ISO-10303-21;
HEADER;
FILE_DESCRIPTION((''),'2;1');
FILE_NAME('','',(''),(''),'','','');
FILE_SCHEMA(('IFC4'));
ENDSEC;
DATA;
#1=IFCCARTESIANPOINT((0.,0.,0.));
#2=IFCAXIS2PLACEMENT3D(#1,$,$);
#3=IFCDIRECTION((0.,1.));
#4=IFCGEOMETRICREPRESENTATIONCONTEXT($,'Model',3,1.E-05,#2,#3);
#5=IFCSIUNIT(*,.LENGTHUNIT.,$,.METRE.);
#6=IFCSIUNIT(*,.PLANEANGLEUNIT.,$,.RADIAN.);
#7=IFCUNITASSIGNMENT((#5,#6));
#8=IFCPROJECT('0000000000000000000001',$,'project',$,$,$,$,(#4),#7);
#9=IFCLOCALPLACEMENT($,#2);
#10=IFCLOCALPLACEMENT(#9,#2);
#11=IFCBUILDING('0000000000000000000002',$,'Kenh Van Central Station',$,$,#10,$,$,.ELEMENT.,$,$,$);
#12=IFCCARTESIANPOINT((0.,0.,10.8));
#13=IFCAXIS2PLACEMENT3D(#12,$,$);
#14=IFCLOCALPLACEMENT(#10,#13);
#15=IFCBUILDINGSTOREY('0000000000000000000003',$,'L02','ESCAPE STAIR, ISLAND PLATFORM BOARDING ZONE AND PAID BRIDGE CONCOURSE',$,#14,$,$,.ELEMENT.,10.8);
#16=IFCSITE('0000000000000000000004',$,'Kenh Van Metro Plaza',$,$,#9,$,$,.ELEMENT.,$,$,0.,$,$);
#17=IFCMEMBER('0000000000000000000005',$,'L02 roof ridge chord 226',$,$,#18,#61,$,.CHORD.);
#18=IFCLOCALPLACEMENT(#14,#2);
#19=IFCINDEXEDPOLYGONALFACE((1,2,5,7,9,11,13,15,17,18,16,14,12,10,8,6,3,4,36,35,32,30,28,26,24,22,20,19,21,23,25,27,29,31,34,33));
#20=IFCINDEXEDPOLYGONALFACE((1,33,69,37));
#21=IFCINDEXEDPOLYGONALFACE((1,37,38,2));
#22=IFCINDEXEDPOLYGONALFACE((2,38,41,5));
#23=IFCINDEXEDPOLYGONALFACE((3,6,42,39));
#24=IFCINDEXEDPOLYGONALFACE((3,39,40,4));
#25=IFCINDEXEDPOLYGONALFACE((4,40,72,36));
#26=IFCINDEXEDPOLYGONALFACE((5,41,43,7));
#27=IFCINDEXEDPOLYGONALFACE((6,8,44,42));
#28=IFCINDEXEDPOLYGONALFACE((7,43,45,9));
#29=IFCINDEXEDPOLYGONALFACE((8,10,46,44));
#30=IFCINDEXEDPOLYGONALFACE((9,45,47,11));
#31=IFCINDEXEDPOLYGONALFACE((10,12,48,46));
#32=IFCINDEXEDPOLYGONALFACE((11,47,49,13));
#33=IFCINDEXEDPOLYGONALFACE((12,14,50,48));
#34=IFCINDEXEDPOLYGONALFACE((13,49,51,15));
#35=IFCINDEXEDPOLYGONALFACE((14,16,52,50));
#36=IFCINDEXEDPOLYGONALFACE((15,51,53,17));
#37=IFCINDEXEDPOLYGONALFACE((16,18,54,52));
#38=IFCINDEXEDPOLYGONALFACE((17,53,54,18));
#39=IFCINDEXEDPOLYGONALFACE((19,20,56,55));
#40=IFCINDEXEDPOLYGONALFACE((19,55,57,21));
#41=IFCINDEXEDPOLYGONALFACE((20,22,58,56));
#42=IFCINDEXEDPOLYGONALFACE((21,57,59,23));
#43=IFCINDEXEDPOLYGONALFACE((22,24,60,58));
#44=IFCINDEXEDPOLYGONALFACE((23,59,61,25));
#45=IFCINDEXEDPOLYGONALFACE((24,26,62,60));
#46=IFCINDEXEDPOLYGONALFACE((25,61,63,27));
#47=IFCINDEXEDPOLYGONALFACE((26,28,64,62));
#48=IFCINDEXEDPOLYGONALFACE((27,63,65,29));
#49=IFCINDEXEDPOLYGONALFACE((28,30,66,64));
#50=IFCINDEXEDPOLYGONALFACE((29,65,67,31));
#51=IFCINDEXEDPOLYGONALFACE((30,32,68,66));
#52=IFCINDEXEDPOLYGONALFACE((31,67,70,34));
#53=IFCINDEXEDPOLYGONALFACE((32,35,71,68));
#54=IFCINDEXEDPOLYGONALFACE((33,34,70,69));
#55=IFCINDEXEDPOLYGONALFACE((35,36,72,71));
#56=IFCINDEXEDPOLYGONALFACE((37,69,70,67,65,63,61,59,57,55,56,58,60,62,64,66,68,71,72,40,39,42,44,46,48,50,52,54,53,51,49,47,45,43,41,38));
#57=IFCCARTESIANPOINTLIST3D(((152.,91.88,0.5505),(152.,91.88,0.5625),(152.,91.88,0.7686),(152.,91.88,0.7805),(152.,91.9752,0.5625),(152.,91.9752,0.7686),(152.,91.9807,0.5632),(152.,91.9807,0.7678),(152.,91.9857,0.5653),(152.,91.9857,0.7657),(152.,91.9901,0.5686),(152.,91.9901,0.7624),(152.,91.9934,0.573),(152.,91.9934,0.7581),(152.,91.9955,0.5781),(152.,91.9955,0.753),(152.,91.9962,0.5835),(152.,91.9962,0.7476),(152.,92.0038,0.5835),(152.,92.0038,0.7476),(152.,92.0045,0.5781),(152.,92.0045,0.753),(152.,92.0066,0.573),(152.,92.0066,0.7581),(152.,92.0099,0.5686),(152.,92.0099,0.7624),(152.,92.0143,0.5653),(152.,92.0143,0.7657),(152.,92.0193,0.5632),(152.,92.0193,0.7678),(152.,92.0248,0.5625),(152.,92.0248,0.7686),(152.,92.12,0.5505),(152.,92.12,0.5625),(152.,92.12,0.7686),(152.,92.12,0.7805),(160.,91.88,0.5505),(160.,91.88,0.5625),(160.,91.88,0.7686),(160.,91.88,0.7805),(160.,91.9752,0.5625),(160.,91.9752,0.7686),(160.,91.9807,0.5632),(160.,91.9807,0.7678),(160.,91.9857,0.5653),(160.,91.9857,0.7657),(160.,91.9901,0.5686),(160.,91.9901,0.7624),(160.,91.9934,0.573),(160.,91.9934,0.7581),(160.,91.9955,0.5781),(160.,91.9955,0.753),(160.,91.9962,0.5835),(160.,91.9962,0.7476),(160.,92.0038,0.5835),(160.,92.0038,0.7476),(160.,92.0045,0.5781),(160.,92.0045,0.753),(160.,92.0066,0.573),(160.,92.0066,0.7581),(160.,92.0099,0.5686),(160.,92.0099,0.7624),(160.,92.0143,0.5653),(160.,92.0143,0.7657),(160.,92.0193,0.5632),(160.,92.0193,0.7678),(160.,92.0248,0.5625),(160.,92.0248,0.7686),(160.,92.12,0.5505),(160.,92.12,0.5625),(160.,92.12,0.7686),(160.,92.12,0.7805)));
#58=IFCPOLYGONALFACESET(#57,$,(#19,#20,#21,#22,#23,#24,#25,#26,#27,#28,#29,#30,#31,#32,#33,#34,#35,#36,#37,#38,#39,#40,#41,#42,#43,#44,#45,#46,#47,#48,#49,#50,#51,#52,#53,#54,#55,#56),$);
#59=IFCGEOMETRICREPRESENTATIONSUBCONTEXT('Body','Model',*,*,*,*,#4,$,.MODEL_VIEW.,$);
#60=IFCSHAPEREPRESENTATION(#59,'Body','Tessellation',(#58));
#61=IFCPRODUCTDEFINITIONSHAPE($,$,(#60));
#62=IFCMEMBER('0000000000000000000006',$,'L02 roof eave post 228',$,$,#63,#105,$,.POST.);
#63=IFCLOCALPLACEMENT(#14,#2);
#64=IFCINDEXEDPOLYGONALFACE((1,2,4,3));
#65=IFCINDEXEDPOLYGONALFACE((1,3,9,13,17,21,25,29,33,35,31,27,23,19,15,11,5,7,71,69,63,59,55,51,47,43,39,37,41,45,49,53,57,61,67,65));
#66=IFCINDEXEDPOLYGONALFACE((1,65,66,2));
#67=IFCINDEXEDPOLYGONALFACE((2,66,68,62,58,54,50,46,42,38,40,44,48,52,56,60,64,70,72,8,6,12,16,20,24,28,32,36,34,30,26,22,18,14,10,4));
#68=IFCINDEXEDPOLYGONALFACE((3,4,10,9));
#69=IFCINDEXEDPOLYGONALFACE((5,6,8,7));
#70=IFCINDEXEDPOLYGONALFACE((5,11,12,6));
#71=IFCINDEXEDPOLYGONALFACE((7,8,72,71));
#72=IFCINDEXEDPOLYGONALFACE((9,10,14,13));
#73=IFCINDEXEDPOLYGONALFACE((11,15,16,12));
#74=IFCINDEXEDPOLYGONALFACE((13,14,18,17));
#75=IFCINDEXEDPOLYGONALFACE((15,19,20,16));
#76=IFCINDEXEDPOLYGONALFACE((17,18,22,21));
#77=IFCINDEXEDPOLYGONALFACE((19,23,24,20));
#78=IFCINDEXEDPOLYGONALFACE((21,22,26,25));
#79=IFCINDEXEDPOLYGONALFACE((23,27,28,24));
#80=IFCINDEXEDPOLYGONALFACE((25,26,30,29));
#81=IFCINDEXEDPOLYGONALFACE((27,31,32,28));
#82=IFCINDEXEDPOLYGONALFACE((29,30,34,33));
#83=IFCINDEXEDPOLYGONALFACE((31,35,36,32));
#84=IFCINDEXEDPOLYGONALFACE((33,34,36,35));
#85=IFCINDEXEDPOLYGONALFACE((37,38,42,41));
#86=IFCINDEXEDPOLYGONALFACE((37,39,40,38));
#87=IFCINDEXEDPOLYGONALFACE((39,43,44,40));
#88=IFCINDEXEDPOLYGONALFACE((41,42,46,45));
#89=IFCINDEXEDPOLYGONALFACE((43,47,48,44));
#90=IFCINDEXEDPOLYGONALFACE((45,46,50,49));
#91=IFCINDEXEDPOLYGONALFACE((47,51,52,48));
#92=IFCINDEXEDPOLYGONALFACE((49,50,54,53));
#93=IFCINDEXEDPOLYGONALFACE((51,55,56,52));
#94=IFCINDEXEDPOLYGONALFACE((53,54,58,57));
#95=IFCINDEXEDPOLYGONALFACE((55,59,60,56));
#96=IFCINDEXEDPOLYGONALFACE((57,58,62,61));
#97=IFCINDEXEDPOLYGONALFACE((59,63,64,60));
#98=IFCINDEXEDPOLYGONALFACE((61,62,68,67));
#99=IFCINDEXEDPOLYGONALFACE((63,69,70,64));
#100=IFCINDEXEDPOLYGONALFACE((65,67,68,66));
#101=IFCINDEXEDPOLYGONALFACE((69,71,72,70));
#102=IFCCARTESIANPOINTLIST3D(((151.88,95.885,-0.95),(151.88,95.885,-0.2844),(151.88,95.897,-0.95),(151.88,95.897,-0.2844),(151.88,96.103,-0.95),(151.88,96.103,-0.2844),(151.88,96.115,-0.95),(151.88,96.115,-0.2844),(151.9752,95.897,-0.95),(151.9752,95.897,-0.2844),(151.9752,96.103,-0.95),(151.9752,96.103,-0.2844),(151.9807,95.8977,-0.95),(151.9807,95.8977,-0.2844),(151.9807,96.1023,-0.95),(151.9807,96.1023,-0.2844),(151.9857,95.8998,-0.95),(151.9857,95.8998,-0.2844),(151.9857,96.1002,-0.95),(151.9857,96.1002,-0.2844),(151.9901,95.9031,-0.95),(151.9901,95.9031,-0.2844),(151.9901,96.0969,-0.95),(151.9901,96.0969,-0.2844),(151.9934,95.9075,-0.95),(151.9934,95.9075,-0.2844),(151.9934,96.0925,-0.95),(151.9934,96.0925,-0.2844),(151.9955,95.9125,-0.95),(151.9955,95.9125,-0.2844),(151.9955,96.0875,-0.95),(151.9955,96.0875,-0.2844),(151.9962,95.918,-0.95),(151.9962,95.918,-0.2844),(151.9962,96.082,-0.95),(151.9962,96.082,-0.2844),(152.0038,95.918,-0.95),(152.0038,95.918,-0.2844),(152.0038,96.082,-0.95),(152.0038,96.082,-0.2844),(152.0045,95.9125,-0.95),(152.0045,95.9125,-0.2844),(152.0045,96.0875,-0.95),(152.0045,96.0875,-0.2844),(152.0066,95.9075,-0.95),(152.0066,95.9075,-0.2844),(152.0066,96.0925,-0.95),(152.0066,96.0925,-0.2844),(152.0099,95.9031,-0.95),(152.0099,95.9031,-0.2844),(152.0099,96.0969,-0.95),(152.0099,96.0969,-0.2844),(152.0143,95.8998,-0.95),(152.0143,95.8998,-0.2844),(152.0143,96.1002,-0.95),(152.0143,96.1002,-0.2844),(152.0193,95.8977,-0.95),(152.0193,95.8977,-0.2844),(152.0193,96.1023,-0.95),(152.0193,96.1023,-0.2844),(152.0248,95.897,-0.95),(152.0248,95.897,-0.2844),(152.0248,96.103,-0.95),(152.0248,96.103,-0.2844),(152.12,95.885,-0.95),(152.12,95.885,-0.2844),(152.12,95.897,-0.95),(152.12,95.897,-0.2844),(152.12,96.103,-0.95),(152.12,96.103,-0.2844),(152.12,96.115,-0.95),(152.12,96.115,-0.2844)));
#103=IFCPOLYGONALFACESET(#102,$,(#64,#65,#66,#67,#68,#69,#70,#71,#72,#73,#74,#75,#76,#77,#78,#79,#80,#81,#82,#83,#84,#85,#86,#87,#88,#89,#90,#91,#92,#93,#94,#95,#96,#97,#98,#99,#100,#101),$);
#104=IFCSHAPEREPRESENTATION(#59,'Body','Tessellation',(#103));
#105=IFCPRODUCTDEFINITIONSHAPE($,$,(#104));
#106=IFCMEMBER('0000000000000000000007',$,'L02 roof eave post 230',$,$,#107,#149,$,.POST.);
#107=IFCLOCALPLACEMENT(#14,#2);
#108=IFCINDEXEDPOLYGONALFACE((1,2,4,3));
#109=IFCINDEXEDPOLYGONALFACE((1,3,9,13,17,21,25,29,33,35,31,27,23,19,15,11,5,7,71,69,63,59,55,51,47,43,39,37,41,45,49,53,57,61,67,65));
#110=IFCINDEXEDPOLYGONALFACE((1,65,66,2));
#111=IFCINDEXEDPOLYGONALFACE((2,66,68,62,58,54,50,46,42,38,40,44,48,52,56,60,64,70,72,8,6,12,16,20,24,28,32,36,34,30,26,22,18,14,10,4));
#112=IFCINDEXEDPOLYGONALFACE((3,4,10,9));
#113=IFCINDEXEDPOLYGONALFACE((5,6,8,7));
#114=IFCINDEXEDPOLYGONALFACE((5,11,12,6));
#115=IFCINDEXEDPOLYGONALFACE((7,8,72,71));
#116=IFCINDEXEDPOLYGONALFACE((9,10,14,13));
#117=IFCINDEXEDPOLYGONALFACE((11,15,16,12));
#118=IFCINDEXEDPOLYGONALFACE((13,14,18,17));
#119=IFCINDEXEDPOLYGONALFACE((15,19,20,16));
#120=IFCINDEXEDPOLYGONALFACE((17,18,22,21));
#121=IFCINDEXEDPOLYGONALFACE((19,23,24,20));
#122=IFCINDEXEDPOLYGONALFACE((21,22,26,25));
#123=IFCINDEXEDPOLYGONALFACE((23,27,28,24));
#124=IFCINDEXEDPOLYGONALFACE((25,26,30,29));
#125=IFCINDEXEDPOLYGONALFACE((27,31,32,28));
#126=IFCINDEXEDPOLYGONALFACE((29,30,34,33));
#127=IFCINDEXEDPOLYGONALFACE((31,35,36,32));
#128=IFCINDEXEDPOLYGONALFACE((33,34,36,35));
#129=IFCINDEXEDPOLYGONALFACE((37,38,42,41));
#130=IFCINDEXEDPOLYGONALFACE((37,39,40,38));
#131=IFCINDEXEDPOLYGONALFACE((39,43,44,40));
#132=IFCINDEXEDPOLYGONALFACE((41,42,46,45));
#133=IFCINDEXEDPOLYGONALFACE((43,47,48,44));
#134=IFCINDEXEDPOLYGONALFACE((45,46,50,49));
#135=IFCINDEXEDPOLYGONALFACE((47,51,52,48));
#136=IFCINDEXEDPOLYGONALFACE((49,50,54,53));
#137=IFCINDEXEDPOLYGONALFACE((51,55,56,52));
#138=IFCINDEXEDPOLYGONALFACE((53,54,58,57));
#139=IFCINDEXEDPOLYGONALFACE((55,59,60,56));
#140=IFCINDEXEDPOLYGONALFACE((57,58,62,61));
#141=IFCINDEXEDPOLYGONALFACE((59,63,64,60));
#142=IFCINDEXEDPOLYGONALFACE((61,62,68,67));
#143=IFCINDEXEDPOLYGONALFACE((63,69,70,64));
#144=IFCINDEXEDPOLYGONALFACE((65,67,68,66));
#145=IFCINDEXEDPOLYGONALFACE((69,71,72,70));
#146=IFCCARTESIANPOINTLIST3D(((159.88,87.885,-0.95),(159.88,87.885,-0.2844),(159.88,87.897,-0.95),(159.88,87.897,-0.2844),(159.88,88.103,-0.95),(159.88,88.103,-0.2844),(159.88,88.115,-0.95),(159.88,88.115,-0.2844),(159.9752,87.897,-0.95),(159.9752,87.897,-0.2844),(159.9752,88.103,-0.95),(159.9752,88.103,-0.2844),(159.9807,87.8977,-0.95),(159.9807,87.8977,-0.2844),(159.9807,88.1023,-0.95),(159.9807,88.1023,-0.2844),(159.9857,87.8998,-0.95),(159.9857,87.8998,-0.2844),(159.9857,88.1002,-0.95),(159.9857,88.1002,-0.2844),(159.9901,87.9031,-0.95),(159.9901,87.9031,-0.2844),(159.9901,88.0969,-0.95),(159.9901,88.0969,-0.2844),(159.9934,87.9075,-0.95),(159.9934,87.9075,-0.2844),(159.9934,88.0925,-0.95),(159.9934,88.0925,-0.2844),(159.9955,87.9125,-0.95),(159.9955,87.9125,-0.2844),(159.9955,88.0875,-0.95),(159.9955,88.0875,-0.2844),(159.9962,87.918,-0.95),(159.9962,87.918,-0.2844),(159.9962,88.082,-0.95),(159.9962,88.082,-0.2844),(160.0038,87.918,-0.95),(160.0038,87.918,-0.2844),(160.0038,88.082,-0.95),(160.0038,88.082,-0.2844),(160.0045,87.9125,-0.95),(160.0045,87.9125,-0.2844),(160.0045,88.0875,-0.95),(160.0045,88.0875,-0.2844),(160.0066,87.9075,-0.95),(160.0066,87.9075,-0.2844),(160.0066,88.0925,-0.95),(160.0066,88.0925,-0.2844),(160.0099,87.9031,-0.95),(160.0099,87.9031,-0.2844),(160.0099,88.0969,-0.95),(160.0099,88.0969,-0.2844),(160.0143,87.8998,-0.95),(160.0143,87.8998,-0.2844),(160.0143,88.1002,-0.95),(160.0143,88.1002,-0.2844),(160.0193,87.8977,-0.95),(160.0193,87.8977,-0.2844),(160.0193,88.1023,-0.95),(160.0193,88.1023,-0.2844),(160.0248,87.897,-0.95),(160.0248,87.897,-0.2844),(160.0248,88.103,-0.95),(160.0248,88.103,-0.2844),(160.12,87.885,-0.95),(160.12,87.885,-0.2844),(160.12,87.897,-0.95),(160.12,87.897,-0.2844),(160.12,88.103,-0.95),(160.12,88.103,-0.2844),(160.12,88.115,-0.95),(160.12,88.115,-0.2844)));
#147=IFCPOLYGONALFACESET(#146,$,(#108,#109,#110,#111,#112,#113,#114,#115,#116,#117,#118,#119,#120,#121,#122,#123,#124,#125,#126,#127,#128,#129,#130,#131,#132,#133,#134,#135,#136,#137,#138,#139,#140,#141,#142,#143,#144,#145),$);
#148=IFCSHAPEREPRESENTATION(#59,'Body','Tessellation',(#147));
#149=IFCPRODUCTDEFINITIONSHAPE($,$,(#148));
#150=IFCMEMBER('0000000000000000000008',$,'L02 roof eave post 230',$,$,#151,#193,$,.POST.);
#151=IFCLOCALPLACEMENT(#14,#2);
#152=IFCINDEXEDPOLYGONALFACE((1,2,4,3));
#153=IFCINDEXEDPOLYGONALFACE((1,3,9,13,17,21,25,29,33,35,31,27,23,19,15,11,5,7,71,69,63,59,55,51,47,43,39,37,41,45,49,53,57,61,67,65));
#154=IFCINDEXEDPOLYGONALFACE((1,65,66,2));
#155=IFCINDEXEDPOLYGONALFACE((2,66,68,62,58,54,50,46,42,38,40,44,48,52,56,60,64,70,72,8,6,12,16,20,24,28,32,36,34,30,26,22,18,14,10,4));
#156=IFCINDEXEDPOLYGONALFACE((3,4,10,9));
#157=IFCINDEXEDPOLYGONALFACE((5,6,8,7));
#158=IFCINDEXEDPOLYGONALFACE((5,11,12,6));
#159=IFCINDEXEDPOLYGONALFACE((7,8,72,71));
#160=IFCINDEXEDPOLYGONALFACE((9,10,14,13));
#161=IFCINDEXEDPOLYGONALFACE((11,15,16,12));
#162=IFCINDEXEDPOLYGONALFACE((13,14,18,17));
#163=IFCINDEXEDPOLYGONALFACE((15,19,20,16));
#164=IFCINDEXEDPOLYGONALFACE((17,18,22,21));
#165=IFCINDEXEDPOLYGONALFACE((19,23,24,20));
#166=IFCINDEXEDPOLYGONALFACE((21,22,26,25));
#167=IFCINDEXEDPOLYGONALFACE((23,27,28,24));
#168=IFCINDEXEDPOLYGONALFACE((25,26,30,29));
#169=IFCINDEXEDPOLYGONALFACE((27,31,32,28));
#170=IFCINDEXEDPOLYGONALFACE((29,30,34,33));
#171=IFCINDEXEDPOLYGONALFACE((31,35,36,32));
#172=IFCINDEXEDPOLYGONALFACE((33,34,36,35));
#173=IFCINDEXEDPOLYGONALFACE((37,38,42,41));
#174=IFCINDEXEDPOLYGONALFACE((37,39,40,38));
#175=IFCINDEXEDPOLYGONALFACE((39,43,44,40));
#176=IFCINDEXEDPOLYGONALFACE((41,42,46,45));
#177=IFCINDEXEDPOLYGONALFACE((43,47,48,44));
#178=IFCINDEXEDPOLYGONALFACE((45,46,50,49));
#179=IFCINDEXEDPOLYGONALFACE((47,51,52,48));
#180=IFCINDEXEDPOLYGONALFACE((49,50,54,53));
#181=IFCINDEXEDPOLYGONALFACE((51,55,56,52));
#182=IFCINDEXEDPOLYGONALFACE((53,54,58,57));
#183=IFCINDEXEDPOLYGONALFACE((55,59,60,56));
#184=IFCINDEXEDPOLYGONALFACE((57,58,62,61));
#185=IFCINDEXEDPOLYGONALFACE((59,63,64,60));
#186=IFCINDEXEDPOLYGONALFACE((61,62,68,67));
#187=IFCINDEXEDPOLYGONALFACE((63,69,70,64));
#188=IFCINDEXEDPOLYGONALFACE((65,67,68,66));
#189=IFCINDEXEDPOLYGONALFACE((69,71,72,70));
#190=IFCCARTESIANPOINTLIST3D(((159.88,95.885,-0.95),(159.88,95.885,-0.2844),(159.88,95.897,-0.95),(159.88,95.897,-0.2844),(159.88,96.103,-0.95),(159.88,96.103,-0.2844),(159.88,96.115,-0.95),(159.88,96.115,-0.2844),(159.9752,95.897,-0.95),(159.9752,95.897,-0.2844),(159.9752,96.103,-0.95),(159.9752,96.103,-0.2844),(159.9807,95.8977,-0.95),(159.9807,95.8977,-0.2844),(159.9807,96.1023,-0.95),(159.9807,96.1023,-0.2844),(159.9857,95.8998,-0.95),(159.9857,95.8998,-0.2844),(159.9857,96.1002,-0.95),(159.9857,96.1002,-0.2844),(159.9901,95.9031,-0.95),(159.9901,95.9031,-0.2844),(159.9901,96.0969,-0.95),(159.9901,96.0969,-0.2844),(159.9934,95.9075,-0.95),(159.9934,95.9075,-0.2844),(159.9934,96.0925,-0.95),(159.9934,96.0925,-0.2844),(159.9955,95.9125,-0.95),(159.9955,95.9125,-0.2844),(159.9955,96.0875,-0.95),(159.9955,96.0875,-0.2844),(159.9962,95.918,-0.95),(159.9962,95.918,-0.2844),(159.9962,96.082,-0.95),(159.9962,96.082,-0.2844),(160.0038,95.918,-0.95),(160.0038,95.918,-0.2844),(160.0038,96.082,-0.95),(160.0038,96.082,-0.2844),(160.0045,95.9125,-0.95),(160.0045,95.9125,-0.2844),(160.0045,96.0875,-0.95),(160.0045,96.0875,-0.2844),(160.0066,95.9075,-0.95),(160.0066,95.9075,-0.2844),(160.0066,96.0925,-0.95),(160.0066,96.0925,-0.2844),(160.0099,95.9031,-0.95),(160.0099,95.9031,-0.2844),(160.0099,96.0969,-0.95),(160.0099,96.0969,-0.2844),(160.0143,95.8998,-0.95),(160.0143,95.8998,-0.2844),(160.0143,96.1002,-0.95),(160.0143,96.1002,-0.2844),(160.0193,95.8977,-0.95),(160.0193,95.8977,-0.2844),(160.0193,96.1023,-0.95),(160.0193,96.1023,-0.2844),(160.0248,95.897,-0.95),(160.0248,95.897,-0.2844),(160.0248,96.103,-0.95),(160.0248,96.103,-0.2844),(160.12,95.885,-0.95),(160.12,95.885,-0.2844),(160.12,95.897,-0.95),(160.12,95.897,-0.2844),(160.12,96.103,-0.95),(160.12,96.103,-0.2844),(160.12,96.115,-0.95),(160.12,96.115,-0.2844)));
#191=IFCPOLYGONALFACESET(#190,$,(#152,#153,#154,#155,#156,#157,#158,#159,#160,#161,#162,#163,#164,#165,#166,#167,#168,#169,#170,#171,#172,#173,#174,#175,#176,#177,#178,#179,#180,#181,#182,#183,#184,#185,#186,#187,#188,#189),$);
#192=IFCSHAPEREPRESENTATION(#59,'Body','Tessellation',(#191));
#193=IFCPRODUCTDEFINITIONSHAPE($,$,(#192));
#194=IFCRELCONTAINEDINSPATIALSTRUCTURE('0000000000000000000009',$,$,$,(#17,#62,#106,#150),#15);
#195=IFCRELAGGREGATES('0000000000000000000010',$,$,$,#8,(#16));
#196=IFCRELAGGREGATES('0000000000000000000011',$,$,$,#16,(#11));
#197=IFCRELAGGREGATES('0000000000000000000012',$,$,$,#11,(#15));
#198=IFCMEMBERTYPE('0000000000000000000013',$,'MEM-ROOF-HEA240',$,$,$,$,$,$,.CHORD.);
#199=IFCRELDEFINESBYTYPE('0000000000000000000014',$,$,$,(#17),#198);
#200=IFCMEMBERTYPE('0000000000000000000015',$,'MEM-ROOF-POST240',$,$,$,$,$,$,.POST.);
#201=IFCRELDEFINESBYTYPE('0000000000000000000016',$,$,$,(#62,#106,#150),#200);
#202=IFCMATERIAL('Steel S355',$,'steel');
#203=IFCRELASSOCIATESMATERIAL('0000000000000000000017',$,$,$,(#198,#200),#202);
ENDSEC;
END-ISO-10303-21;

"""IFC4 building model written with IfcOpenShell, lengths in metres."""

from ifc_helpers import new_model, si_unit, direction, frame, origin, origin_2d, place, context, subcontext, project, spatial, i_section, extrude, material, material_profile, profile_set, type_object, element, save


model = new_model("IFC4")

# Units and contexts
model_context = context("Model", 3, precision=1e-05, world=origin(), true_north=direction((0.0, 1.0)))
body_context = subcontext(model_context, "Body", "Model", "MODEL_VIEW")
ifc_project = project(units=[si_unit("LENGTHUNIT", "METRE"), si_unit("PLANEANGLEUNIT", "RADIAN")], contexts=[model_context])

# Site, building, storey
site_placement = place(None, origin())
site = spatial("IfcSite", under=ifc_project, at=site_placement, Name="Kenh Van Metro Plaza", CompositionType="ELEMENT", RefElevation=0.0)
building_placement = place(site_placement, origin())
building = spatial("IfcBuilding", under=site, at=building_placement, Name="Kenh Van Central Station", CompositionType="ELEMENT")
storey_placement = place(building_placement, frame((0.0, 0.0, 10.8)))
storey = spatial("IfcBuildingStorey", under=building, at=storey_placement, Name="L02", Description="ESCAPE STAIR, ISLAND PLATFORM BOARDING ZONE AND PAID BRIDGE CONCOURSE", CompositionType="ELEMENT", Elevation=10.8)

# Shared definitions
ifc_material_1 = material(Name="Steel S355", Category="steel")

# Members
ifc_material_profile_1 = material_profile(ifc_material_1, i_section(OverallWidth=0.24, OverallDepth=0.23, WebThickness=0.0076, FlangeThickness=0.012, FilletRadius=0.021, at=origin_2d()), Name="HEA 240")
ifc_profile_set_1 = profile_set([ifc_material_profile_1], Name="Steel S355")
member_type_1 = type_object("IfcMemberType", Name="MEM-ROOF-HEA240", PredefinedType="CHORD", material=ifc_profile_set_1)
member_1_placement = place(storey_placement, frame((152.0, 92.0, 0.6655), z_axis=(1.0, 0.0, 0.0), x_axis=(0.0, 1.0, 0.0)))
element("IfcMember", 1, at=member_1_placement, inside=storey, type_object=member_type_1, Name="L02 roof ridge chord 226", PredefinedType="CHORD", context=body_context, shape_type="SweptSolid", body=[
    extrude(i_section(OverallWidth=0.24, OverallDepth=0.23, WebThickness=0.0076, FlangeThickness=0.012, FilletRadius=0.021, at=origin_2d()), origin(), (0.0, 0.0, 1.0), 8.0),
])
ifc_material_profile_2 = material_profile(ifc_material_1, i_section(OverallWidth=0.24, OverallDepth=0.23, WebThickness=0.0076, FlangeThickness=0.012, FilletRadius=0.021, at=origin_2d()), Name="HEA 240")
ifc_profile_set_2 = profile_set([ifc_material_profile_2], Name="Steel S355")
member_type_2 = type_object("IfcMemberType", Name="MEM-ROOF-POST240", PredefinedType="POST", material=ifc_profile_set_2)
for number, where, z_axis, x_axis, name in (
    (2, (152.0, 96.0, -0.95), (0.0, 0.0, 1.0), (1.0, 0.0, 0.0), "L02 roof eave post 228"),
    (3, (160.0, 88.0, -0.95), (0.0, 0.0, 1.0), (1.0, 0.0, 0.0), "L02 roof eave post 230"),
    (4, (160.0, 96.0, -0.95), (0.0, 0.0, 1.0), (1.0, 0.0, 0.0), "L02 roof eave post 230"),
):
    element("IfcMember", number, at=place(storey_placement, frame(where, z_axis=z_axis, x_axis=x_axis)), inside=storey, type_object=member_type_2, Name=name, PredefinedType="POST", context=body_context, shape_type="SweptSolid", body=[
        extrude(i_section(OverallWidth=0.24, OverallDepth=0.23, WebThickness=0.0076, FlangeThickness=0.012, FilletRadius=0.021, at=origin_2d()), origin(), (0.0, 0.0, 1.0), 0.6655),
    ])

save(model, "model.ifc")
